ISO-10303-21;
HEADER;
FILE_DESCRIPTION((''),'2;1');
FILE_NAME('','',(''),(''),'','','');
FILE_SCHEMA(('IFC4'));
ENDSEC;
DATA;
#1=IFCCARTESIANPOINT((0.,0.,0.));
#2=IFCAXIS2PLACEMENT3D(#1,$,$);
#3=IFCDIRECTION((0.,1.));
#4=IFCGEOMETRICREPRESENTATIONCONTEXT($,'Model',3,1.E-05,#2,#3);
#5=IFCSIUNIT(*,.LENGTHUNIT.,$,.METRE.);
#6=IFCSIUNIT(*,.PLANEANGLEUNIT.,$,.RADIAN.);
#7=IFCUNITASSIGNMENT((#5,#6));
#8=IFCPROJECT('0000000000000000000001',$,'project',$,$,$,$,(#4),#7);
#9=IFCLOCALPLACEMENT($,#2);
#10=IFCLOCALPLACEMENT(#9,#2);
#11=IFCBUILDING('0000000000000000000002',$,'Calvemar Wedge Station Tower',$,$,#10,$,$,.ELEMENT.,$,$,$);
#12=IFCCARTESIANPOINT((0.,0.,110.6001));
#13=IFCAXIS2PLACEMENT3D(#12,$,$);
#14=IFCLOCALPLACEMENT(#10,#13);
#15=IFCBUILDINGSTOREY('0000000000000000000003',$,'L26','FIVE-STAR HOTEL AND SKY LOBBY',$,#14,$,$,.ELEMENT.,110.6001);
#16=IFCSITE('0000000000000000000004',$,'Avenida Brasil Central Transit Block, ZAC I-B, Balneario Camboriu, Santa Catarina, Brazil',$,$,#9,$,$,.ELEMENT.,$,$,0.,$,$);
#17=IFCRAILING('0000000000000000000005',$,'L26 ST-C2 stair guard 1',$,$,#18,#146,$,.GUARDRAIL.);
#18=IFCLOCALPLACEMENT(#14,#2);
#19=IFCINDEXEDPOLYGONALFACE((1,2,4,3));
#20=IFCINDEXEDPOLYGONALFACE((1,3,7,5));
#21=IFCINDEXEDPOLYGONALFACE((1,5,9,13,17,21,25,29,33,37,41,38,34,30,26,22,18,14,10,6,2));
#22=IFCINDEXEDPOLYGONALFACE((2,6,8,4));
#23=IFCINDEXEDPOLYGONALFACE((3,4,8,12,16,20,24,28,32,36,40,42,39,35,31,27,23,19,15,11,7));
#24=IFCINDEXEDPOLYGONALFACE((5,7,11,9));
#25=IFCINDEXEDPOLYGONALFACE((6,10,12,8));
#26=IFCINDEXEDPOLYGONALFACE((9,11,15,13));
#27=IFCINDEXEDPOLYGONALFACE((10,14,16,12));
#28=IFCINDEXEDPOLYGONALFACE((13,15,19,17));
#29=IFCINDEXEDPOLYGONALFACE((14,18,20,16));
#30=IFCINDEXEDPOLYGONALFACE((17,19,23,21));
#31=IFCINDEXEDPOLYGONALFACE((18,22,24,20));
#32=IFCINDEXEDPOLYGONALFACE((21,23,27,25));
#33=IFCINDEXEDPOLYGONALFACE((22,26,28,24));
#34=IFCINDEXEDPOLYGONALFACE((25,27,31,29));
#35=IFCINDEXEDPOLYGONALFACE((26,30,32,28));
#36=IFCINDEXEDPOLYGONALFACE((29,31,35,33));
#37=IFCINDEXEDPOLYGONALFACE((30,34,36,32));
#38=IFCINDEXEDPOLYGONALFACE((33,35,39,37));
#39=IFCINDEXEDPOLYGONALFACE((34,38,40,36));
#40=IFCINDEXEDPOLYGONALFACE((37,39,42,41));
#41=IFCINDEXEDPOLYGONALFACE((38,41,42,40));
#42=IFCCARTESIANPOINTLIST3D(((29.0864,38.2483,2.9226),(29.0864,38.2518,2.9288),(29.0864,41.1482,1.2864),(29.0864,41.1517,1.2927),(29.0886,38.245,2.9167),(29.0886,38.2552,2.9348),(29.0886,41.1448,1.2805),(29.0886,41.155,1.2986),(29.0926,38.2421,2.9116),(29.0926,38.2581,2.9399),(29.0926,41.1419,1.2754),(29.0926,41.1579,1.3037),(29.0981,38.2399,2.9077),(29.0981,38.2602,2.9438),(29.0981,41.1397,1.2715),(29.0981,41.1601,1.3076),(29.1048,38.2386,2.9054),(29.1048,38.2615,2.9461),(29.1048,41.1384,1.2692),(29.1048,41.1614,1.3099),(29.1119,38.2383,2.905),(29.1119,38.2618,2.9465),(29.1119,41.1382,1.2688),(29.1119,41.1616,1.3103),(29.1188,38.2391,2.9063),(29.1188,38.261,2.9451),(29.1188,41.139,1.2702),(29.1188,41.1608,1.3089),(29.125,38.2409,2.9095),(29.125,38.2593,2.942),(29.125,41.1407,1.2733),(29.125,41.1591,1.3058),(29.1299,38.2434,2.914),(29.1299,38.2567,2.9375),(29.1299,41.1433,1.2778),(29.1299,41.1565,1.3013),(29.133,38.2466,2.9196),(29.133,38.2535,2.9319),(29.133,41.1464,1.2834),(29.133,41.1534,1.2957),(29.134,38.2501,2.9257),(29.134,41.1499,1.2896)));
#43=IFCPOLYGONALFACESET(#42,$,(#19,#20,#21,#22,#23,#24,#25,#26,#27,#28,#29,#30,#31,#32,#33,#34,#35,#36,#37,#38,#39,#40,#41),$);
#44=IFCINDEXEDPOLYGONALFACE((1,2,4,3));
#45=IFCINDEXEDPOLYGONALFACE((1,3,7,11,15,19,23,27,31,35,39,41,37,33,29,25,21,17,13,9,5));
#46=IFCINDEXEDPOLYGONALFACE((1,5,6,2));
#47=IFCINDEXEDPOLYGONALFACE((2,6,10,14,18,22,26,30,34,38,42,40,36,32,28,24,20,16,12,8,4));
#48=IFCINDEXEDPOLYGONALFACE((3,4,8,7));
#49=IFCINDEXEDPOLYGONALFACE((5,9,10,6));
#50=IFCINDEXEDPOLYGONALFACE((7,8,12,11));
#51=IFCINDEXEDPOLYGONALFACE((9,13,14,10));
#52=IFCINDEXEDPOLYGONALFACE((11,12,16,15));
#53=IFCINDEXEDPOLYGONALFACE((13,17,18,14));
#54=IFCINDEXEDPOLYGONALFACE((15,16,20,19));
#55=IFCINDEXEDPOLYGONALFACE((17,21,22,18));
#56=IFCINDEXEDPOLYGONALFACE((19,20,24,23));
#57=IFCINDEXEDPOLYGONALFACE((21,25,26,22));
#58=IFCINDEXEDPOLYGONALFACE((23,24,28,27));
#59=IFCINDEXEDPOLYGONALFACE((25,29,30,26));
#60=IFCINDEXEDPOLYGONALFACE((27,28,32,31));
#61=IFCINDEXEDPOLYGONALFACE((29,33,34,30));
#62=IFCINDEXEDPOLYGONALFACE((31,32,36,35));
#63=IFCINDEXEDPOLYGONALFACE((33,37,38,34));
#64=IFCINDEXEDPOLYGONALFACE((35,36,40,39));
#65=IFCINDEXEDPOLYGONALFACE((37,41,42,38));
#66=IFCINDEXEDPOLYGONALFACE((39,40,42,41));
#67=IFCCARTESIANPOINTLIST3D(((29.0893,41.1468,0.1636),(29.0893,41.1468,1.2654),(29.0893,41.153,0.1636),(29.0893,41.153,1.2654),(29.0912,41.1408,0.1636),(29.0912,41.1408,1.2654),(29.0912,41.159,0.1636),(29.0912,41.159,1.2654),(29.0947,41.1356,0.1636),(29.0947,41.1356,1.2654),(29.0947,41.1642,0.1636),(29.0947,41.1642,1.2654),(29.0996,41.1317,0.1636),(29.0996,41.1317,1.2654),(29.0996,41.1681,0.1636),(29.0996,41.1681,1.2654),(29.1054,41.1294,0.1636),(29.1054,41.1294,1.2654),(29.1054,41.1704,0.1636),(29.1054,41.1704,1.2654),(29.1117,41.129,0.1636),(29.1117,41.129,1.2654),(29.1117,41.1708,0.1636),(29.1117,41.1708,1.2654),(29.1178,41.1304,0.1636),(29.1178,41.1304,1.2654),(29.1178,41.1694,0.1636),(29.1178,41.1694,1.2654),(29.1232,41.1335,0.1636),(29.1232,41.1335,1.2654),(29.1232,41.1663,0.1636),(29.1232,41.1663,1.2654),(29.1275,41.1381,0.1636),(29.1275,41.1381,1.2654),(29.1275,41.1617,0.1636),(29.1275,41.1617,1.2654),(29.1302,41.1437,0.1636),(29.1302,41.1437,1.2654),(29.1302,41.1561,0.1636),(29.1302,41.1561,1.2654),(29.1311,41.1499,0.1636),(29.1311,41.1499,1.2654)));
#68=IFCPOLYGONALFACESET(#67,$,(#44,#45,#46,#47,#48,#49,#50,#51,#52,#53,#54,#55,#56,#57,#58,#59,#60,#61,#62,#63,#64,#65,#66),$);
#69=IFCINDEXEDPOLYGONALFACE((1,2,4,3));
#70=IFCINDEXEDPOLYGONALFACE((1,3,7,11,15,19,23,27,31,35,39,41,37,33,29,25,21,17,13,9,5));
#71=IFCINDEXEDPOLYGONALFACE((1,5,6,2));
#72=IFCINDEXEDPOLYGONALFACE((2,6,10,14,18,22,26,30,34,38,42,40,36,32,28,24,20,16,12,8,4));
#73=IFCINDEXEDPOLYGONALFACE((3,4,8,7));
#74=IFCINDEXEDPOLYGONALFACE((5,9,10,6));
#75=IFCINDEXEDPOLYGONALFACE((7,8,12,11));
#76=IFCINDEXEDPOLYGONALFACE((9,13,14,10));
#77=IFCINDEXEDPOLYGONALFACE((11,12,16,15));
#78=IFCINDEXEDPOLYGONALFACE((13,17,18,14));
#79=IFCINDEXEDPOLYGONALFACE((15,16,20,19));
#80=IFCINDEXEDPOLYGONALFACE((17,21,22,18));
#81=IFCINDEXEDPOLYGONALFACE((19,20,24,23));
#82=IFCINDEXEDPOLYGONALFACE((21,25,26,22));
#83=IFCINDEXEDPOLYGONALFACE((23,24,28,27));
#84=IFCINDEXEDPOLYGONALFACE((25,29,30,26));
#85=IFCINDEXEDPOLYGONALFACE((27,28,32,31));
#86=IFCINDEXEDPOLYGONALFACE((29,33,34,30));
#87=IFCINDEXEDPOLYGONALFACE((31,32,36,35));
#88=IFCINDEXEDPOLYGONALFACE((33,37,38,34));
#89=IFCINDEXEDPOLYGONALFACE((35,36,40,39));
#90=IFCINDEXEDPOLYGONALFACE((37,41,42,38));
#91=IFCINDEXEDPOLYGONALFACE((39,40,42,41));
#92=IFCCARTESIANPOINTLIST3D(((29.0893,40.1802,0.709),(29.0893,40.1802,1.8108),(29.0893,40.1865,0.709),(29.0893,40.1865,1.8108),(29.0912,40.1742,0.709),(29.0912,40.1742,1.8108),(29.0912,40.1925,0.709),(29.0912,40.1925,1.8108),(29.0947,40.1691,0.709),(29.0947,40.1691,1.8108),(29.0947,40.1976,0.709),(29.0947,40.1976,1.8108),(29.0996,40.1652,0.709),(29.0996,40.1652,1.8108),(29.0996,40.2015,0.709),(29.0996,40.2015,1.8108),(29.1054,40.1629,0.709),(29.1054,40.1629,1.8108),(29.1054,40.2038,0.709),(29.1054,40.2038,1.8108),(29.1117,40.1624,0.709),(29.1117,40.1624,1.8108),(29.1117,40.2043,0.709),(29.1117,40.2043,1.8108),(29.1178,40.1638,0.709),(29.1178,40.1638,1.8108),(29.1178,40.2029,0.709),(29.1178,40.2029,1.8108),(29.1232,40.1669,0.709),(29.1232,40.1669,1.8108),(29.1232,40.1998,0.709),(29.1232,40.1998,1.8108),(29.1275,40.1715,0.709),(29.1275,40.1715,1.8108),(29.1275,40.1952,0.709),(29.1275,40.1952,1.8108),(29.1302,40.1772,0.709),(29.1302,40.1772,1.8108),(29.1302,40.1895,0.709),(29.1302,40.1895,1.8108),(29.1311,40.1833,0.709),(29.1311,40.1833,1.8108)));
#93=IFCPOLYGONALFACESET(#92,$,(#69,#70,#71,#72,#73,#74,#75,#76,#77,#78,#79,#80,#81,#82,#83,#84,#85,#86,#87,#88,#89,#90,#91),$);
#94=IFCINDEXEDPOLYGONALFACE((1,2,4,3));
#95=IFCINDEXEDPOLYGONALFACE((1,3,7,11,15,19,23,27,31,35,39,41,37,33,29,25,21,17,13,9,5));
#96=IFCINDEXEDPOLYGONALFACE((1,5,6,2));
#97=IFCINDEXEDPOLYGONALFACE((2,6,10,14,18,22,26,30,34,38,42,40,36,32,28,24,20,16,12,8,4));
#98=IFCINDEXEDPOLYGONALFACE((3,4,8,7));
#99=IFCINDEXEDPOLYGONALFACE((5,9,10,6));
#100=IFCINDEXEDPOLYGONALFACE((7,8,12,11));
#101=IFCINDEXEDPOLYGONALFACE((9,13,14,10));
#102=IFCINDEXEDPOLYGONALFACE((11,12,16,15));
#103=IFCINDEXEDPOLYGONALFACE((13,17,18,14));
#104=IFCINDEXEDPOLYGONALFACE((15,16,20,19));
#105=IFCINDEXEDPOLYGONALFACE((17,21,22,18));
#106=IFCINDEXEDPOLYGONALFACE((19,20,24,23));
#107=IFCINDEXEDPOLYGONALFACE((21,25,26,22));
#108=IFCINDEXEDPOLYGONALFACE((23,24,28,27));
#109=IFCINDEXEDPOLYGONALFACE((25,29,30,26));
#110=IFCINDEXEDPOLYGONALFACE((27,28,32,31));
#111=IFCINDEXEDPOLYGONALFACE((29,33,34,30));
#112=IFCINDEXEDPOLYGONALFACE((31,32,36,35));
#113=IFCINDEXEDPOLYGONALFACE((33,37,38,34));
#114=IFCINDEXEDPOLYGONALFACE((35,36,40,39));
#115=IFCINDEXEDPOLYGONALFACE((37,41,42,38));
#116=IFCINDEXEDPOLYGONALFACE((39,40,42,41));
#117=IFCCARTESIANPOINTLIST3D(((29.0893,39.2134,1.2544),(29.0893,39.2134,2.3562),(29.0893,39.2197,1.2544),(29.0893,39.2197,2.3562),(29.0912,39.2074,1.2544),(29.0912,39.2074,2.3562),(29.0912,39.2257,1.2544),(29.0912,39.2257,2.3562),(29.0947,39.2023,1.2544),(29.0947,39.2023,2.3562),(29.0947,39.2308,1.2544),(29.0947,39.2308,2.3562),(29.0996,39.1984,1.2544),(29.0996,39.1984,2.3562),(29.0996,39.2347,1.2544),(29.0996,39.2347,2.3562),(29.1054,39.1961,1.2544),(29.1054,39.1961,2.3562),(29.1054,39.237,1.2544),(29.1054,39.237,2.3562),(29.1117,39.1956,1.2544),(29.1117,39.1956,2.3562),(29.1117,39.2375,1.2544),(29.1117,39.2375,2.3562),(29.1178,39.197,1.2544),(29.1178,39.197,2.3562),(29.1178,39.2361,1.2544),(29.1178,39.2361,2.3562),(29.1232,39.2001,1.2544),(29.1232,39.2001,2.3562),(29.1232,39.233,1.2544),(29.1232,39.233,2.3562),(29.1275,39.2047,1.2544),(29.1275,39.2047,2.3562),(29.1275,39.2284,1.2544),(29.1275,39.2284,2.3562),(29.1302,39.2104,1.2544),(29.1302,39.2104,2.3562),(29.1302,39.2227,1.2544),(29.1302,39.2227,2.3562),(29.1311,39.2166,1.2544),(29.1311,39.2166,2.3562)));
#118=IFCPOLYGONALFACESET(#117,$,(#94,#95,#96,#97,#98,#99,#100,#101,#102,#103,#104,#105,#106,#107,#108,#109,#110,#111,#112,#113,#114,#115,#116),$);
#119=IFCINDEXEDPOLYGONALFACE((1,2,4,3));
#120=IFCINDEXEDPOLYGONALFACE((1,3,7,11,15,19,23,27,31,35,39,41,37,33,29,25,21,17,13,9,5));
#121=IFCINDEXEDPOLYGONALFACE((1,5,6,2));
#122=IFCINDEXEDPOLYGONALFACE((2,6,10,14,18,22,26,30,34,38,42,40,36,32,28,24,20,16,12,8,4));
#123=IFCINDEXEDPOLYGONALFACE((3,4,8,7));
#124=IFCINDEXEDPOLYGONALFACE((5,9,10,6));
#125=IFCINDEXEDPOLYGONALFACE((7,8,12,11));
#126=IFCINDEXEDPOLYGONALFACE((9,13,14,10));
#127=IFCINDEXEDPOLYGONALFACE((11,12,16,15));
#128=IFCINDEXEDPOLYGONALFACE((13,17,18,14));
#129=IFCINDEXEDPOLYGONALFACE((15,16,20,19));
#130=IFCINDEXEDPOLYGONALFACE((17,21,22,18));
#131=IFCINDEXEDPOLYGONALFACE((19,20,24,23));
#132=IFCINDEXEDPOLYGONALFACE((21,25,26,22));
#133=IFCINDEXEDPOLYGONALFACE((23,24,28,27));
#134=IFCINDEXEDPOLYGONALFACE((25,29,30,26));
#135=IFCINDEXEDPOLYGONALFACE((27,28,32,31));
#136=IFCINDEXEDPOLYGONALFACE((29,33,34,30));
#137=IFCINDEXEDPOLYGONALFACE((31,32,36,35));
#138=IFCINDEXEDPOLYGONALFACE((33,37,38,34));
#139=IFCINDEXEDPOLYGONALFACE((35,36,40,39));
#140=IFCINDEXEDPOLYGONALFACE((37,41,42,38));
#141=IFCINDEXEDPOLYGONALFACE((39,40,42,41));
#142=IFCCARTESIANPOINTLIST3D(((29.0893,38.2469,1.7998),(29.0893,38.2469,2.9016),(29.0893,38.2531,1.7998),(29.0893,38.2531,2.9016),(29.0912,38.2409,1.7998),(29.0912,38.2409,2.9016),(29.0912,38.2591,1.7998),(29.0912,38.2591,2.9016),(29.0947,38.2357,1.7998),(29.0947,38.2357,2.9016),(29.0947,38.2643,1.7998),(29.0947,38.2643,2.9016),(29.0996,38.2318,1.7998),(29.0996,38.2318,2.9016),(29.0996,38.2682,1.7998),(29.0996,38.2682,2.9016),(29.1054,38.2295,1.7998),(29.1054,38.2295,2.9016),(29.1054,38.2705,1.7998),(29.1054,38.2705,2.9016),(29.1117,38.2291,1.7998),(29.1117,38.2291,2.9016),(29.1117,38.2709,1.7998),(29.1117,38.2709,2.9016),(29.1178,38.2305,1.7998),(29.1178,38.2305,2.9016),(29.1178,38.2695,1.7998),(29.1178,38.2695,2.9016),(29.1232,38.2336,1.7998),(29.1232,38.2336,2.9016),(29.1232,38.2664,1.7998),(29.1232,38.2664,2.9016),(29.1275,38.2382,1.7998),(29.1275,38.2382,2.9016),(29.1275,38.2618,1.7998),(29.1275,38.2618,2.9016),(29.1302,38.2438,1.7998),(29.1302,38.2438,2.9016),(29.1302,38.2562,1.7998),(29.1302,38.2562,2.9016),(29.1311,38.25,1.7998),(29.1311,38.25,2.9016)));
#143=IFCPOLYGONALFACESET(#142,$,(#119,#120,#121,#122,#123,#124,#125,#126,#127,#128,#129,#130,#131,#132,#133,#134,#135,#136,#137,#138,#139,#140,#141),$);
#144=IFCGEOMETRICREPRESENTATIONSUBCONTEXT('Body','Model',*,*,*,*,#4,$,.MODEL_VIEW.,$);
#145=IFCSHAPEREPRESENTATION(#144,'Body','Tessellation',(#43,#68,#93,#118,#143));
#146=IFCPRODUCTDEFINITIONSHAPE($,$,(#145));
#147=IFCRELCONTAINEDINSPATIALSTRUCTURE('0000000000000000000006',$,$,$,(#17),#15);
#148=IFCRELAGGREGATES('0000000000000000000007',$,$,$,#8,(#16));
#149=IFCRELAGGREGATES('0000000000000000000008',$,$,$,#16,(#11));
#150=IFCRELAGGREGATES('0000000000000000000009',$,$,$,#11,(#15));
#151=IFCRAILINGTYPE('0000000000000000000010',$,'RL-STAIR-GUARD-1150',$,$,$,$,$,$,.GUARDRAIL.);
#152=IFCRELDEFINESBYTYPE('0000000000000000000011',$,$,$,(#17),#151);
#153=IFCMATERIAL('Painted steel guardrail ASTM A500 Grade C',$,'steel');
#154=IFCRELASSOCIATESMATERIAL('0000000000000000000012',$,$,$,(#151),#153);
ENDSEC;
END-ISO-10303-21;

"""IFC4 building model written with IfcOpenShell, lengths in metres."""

from ifc_helpers import new_model, si_unit, direction, frame, origin, origin_2d, place, context, subcontext, project, spatial, circle, extrude, material, type_object, element, save


model = new_model("IFC4")

# Units and contexts
model_context = context("Model", 3, precision=1e-05, world=origin(), true_north=direction((0.0, 1.0)))
body_context = subcontext(model_context, "Body", "Model", "MODEL_VIEW")
ifc_project = project(units=[si_unit("LENGTHUNIT", "METRE"), si_unit("PLANEANGLEUNIT", "RADIAN")], contexts=[model_context])

# Site, building, storey
site_placement = place(None, origin())
site = spatial("IfcSite", under=ifc_project, at=site_placement, Name="Avenida Brasil Central Transit Block, ZAC I-B, Balneario Camboriu, Santa Catarina, Brazil", CompositionType="ELEMENT", RefElevation=0.0)
building_placement = place(site_placement, origin())
building = spatial("IfcBuilding", under=site, at=building_placement, Name="Calvemar Wedge Station Tower", CompositionType="ELEMENT")
storey_placement = place(building_placement, frame((0.0, 0.0, 110.6001)))
storey = spatial("IfcBuildingStorey", under=building, at=storey_placement, Name="L26", Description="FIVE-STAR HOTEL AND SKY LOBBY", CompositionType="ELEMENT", Elevation=110.6001)

# Railing
ifc_material_1 = material(Name="Painted steel guardrail ASTM A500 Grade C", Category="steel")
railing_type_1 = type_object("IfcRailingType", Name="RL-STAIR-GUARD-1150", PredefinedType="GUARDRAIL", material=ifc_material_1)
railing_1_placement = place(storey_placement, frame((29.1101, 41.1499, 0.1636)))
element("IfcRailing", 1, at=railing_1_placement, inside=storey, type_object=railing_type_1, Name="L26 ST-C2 stair guard 1", PredefinedType="GUARDRAIL", context=body_context, shape_type="SweptSolid", body=[
    extrude(circle(Radius=0.0239, at=origin_2d()), frame((0.0, 0.0, 1.126), z_axis=(0.0, -0.870929, 0.49141), x_axis=(1.0, 0.0, 0.0)), (0.0, 0.0, 1.0), 3.3296),
    extrude(circle(Radius=0.021, at=origin_2d()), origin(), (0.0, 0.0, 1.0), 1.1018),
    extrude(circle(Radius=0.021, at=origin_2d()), frame((0.0, -0.9666, 0.5454)), (0.0, 0.0, 1.0), 1.1018),
    extrude(circle(Radius=0.021, at=origin_2d()), frame((0.0, -1.9333, 1.0908)), (0.0, 0.0, 1.0), 1.1018),
    extrude(circle(Radius=0.021, at=origin_2d()), frame((0.0, -2.8999, 1.6362)), (0.0, 0.0, 1.0), 1.1018),
])

save(model, "model.ifc")
